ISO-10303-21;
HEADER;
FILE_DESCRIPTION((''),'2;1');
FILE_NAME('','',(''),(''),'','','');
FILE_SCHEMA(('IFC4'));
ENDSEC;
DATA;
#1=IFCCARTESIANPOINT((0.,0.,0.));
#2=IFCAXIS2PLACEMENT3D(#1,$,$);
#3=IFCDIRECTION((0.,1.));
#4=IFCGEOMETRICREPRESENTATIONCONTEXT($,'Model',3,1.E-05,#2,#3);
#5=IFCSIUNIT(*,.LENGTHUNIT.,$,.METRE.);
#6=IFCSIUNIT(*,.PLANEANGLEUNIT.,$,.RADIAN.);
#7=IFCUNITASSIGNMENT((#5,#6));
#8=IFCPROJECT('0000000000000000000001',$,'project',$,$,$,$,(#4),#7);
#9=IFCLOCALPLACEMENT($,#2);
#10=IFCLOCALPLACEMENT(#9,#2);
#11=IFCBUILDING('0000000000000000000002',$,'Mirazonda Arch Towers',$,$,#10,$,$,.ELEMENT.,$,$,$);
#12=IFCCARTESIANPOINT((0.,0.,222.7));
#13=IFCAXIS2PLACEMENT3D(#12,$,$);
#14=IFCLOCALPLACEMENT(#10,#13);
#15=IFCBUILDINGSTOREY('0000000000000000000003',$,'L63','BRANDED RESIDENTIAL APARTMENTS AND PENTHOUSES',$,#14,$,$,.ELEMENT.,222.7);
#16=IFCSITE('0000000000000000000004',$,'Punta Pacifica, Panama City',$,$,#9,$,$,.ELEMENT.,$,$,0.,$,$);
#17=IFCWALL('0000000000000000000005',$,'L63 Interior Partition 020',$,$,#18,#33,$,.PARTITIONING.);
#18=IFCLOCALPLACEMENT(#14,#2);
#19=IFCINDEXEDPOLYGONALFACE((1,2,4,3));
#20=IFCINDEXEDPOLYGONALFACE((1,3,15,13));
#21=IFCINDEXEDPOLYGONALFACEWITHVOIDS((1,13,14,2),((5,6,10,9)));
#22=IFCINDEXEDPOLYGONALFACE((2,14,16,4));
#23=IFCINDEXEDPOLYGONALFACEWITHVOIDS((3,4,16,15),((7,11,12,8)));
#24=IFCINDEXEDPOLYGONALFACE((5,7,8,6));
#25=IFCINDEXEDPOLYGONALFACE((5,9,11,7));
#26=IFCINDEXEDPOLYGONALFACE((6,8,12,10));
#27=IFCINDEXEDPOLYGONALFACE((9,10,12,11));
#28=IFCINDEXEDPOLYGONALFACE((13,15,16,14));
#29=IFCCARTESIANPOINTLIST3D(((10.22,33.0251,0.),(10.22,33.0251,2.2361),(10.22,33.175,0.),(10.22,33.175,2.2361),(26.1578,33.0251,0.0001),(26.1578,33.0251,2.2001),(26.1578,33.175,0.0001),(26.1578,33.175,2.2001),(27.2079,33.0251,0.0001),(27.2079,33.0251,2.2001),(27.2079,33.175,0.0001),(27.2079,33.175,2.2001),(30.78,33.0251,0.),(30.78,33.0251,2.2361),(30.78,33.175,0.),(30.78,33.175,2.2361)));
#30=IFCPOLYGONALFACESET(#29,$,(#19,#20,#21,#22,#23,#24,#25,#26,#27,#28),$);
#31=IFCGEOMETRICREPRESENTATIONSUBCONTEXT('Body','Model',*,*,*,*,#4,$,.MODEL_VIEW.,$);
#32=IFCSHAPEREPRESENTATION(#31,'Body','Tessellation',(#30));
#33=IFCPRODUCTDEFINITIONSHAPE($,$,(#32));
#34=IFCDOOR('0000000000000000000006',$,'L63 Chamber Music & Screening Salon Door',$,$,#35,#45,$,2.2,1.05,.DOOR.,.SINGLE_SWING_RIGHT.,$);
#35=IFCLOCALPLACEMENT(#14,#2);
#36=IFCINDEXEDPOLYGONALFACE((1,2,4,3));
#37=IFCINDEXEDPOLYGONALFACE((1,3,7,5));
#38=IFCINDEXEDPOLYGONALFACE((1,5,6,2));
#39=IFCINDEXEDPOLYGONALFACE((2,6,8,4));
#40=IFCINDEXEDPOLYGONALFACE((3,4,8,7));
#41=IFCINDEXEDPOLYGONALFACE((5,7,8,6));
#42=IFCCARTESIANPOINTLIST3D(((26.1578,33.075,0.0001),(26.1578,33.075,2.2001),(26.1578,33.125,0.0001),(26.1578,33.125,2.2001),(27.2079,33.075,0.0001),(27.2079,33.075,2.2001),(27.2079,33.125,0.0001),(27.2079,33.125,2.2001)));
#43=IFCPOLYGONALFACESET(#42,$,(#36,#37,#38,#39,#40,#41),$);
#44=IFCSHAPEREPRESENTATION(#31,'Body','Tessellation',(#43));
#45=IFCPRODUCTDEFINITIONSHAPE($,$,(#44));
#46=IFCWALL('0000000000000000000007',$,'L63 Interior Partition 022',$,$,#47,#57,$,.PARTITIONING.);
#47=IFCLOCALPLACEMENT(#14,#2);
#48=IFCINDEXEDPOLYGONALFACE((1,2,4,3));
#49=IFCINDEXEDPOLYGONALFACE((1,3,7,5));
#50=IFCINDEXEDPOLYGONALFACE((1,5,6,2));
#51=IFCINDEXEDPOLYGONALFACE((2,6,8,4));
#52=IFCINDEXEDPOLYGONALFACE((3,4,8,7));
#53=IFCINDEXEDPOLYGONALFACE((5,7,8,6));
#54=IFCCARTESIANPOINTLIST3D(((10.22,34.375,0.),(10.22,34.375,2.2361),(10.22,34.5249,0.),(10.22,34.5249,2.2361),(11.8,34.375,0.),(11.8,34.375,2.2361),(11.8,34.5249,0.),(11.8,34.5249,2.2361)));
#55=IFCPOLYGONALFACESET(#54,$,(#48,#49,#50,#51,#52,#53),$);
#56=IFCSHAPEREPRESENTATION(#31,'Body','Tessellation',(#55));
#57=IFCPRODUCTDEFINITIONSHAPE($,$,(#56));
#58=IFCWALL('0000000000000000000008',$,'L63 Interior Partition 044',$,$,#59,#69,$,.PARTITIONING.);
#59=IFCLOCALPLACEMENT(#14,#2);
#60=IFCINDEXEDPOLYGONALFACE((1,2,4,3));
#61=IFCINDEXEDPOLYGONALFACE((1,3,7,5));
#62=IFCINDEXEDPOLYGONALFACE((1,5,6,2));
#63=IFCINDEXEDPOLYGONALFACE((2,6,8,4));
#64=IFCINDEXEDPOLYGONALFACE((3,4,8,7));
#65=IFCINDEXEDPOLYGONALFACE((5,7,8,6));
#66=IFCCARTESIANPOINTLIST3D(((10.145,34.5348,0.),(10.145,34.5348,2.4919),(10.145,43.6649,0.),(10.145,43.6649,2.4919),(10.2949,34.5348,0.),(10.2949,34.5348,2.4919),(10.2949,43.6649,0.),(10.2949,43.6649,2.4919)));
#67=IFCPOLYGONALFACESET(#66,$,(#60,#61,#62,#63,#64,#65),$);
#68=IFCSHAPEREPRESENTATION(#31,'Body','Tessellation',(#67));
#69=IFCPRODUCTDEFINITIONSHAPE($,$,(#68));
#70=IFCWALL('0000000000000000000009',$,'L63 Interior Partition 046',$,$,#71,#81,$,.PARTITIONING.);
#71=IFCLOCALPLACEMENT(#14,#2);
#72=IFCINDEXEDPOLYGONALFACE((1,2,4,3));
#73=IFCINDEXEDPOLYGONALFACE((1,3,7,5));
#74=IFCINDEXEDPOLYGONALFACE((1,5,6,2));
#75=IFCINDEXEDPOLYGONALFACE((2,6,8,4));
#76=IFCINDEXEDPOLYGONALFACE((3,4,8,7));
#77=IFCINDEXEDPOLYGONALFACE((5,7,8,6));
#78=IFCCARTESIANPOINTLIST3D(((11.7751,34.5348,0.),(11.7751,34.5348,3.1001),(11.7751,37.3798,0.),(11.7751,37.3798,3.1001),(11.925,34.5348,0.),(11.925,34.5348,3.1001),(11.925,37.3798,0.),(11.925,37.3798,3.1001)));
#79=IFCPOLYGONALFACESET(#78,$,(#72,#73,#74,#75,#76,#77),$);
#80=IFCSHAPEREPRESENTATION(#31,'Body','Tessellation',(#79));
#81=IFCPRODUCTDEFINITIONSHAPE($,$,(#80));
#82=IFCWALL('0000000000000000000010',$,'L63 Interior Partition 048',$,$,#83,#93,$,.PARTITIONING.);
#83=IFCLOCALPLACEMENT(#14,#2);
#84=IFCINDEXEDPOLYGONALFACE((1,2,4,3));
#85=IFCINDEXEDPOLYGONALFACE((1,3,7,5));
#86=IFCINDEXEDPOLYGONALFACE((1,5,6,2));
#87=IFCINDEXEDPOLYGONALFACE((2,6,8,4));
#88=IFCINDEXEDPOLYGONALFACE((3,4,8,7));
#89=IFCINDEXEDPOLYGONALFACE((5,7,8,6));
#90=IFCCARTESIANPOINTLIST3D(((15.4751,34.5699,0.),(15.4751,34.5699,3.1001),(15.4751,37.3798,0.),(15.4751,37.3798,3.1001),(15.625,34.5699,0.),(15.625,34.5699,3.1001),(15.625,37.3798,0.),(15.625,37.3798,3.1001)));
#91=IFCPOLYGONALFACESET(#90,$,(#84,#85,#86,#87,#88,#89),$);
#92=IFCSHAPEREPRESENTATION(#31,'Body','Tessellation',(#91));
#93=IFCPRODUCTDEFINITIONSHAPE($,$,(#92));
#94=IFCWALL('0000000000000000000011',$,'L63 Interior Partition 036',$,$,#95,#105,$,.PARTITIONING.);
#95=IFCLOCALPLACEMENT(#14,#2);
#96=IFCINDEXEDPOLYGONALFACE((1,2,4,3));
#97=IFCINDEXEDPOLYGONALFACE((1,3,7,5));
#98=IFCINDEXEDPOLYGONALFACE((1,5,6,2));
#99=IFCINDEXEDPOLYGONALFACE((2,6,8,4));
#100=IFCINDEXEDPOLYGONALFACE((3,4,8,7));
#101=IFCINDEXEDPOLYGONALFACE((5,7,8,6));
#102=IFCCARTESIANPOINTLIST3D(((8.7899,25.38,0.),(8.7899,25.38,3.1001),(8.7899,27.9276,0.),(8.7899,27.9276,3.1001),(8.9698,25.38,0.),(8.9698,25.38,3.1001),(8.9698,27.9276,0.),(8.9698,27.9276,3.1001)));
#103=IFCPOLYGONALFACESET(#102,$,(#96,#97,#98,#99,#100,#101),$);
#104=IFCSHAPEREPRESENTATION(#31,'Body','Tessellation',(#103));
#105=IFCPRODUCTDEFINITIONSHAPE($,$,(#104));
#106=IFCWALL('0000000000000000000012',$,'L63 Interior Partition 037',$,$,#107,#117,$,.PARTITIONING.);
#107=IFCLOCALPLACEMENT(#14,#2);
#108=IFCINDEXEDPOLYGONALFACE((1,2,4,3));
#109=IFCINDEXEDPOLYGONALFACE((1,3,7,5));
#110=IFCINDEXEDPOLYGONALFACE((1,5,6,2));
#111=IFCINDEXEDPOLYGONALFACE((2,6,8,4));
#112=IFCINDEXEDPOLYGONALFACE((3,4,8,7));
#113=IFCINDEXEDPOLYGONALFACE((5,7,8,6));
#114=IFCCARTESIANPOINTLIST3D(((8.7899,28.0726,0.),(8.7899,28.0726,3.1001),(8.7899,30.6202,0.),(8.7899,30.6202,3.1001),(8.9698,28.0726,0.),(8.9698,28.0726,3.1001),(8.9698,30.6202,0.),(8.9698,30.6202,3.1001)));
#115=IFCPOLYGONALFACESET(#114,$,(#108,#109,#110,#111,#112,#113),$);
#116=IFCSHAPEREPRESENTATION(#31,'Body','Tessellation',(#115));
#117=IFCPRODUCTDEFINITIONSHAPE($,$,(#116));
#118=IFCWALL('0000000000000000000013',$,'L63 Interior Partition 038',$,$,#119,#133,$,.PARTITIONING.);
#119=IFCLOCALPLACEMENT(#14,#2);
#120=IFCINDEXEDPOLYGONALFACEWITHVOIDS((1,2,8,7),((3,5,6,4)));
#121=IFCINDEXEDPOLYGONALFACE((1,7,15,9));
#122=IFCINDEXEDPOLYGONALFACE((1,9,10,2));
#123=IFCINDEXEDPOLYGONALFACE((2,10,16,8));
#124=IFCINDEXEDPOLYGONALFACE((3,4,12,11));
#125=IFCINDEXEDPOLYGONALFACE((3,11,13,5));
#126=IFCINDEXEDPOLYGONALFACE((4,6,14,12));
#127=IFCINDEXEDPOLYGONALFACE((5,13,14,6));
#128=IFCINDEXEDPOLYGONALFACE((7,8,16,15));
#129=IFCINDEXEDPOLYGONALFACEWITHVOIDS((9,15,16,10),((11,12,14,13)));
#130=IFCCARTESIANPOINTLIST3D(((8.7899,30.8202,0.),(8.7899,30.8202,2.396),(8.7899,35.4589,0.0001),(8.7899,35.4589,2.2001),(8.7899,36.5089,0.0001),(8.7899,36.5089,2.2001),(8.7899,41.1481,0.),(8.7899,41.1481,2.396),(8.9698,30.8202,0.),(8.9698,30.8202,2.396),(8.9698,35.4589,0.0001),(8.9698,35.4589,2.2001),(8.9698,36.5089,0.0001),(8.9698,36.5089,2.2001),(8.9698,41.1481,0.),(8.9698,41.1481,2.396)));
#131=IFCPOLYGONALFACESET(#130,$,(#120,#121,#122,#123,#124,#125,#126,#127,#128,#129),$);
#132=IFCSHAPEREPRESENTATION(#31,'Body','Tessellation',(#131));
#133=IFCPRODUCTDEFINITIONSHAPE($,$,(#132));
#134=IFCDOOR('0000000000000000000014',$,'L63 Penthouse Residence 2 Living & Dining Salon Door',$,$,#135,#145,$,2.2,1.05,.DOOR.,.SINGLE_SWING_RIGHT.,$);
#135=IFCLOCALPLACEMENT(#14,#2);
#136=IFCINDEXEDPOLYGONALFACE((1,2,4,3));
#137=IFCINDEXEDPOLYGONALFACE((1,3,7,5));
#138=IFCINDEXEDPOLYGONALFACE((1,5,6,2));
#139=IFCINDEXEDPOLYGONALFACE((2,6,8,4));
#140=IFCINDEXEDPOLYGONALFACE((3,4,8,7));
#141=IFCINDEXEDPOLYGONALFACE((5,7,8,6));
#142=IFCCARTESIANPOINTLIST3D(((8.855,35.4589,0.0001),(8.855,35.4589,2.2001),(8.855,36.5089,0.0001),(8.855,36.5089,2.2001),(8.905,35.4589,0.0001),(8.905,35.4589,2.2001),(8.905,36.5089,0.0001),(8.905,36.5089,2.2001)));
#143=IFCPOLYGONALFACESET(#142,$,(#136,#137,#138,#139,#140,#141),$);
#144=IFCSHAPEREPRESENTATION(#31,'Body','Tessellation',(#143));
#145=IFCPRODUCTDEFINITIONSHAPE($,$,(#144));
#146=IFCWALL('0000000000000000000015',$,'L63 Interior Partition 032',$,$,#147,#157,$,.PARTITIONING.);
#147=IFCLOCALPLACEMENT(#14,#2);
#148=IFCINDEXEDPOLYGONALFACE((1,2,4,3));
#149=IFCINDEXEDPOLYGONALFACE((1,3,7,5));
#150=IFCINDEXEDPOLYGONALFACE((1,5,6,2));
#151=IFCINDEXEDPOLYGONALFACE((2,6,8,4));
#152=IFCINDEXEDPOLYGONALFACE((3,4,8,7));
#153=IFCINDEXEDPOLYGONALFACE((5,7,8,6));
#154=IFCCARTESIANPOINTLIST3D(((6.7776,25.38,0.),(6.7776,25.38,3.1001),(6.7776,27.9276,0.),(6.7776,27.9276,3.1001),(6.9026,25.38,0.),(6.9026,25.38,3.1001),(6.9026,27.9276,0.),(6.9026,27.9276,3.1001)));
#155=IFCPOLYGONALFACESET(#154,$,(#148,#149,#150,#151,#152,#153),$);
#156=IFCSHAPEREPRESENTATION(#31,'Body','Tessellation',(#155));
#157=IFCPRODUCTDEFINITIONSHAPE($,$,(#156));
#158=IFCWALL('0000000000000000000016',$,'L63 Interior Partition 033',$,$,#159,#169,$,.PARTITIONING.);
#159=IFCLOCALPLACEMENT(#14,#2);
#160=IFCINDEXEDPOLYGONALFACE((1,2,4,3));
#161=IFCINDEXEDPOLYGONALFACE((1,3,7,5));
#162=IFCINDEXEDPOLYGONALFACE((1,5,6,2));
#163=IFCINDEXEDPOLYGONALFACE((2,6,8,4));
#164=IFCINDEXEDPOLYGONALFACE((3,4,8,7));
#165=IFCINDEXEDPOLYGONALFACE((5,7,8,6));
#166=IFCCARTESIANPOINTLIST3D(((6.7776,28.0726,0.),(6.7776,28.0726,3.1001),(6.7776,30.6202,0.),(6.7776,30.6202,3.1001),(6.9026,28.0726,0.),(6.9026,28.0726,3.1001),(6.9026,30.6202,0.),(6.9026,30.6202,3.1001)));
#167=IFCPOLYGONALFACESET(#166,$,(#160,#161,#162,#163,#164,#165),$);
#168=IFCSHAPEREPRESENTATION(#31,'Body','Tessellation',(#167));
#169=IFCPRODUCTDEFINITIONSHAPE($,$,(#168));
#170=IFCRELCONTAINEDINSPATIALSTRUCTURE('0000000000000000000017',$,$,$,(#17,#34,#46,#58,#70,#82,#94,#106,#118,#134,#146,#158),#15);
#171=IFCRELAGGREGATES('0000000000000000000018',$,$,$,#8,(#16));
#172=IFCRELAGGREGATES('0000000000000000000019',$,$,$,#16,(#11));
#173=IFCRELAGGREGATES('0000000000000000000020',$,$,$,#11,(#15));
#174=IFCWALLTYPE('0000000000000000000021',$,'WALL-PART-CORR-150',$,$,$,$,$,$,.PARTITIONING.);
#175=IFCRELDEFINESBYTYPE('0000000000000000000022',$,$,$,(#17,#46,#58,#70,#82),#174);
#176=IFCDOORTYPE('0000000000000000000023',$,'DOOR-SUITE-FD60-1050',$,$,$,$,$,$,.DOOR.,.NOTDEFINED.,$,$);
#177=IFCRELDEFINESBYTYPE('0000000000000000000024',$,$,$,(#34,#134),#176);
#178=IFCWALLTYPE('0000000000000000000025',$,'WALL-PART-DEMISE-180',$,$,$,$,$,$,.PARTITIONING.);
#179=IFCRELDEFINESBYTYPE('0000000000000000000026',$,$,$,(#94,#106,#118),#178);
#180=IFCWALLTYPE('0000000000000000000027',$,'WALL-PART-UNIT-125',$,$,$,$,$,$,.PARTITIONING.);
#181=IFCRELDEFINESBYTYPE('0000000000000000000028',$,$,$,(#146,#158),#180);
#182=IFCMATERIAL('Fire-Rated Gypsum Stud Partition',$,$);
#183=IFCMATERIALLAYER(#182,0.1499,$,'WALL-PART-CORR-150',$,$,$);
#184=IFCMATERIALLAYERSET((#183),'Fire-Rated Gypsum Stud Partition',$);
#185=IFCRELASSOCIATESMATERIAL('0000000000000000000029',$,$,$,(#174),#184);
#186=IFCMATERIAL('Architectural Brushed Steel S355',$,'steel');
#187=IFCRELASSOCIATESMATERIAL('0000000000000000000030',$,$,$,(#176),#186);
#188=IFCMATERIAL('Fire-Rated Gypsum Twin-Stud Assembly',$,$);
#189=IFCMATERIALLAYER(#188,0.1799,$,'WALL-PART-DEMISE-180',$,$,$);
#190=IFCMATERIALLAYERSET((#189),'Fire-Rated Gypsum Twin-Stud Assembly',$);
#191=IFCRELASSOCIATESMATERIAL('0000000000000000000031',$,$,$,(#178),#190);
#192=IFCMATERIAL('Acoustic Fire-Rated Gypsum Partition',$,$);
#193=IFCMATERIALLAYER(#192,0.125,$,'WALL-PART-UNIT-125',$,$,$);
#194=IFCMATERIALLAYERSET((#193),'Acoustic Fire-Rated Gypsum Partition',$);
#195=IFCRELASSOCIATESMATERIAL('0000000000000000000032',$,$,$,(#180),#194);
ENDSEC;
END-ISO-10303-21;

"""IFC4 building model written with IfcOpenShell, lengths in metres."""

from ifc_helpers import new_model, si_unit, direction, frame, frame_2d, origin, place, context, subcontext, project, spatial, rectangle, extrude, material, layer, layer_set, type_object, element, fill, save


model = new_model("IFC4")

# Units and contexts
model_context = context("Model", 3, precision=1e-05, world=origin(), true_north=direction((0.0, 1.0)))
body_context = subcontext(model_context, "Body", "Model", "MODEL_VIEW")
ifc_project = project(units=[si_unit("LENGTHUNIT", "METRE"), si_unit("PLANEANGLEUNIT", "RADIAN")], contexts=[model_context])

# Site, building, storey
site_placement = place(None, origin())
site = spatial("IfcSite", under=ifc_project, at=site_placement, Name="Punta Pacifica, Panama City", CompositionType="ELEMENT", RefElevation=0.0)
building_placement = place(site_placement, origin())
building = spatial("IfcBuilding", under=site, at=building_placement, Name="Mirazonda Arch Towers", CompositionType="ELEMENT")
storey_placement = place(building_placement, frame((0.0, 0.0, 222.7)))
storey = spatial("IfcBuildingStorey", under=building, at=storey_placement, Name="L63", Description="BRANDED RESIDENTIAL APARTMENTS AND PENTHOUSES", CompositionType="ELEMENT", Elevation=222.7)

# Shared definitions
ifc_material_1 = material(Name="Architectural Brushed Steel S355", Category="steel")

# Wall, opening, door
ifc_material_2 = material(Name="Fire-Rated Gypsum Stud Partition")
ifc_layer_1 = layer(ifc_material_2, 0.1499, Name="WALL-PART-CORR-150")
ifc_layer_set_1 = layer_set([ifc_layer_1], Name="Fire-Rated Gypsum Stud Partition")
wall_type_1 = type_object("IfcWallType", Name="WALL-PART-CORR-150", PredefinedType="PARTITIONING", material=ifc_layer_set_1)
wall_1_placement = place(storey_placement, frame((10.22, 33.1001, 0.0), z_axis=(0.0, 0.0, 1.0), x_axis=(1.0, 0.0, 0.0)))
wall_1 = element("IfcWall", 1, at=wall_1_placement, inside=storey, type_object=wall_type_1, Name="L63 Interior Partition 020", PredefinedType="PARTITIONING", context=body_context, shape_type="SweptSolid", body=[
    extrude(rectangle(XDim=20.5601, YDim=0.1499, at=frame_2d((10.28, 0.0))), origin(), (0.0, 0.0, 1.0), 2.2361),
])
opening_1_placement = place(wall_1_placement, frame((15.938, 0.0, 0.0)))
opening_1 = element("IfcOpeningElement", 2, at=opening_1_placement, cuts=wall_1, PredefinedType="OPENING", context=body_context, shape_type="SweptSolid", body=[
    extrude(rectangle(XDim=1.05, YDim=2.2, at=frame_2d((0.5249, 1.1001))), frame((0.0, 0.085, 0.0), z_axis=(0.0, -1.0, 0.0), x_axis=(1.0, 0.0, 0.0)), (0.0, 0.0, 1.0), 0.1699),
])
door_type_1 = type_object("IfcDoorType", Name="DOOR-SUITE-FD60-1050", OperationType="NOTDEFINED", PredefinedType="DOOR", material=ifc_material_1)
door_1_placement = place(opening_1_placement, origin())
door_1 = element("IfcDoor", 3, at=door_1_placement, inside=storey, type_object=door_type_1, Name="L63 Chamber Music & Screening Salon Door", OperationType="SINGLE_SWING_RIGHT", OverallHeight=2.2, OverallWidth=1.05, PredefinedType="DOOR", context=body_context, shape_type="SweptSolid", body=[
    extrude(rectangle(XDim=1.05, YDim=2.2, at=frame_2d((0.5249, 1.1001))), frame((0.0, 0.0249, 0.0), z_axis=(0.0, -1.0, 0.0), x_axis=(1.0, 0.0, 0.0)), (0.0, 0.0, 1.0), 0.05),
])
fill(opening_1, door_1)

# Walls
wall_2_placement = place(storey_placement, frame((10.22, 34.45, 0.0), z_axis=(0.0, 0.0, 1.0), x_axis=(1.0, 0.0, 0.0)))
element("IfcWall", 4, at=wall_2_placement, inside=storey, type_object=wall_type_1, Name="L63 Interior Partition 022", PredefinedType="PARTITIONING", context=body_context, shape_type="SweptSolid", body=[
    extrude(rectangle(XDim=1.5801, YDim=0.1499, at=frame_2d((0.79, 0.0))), origin(), (0.0, 0.0, 1.0), 2.2361),
])
wall_3_placement = place(storey_placement, frame((10.22, 34.5349, 0.0), z_axis=(0.0, 0.0, 1.0), x_axis=(0.0, 1.0, 0.0)))
element("IfcWall", 5, at=wall_3_placement, inside=storey, type_object=wall_type_1, Name="L63 Interior Partition 044", PredefinedType="PARTITIONING", context=body_context, shape_type="SweptSolid", body=[
    extrude(rectangle(XDim=9.1301, YDim=0.1499, at=frame_2d((4.5649, 0.0))), origin(), (0.0, 0.0, 1.0), 2.4919),
])
wall_4_placement = place(storey_placement, frame((11.8501, 34.5349, 0.0), z_axis=(0.0, 0.0, 1.0), x_axis=(0.0, 1.0, 0.0)))
element("IfcWall", 6, at=wall_4_placement, inside=storey, type_object=wall_type_1, Name="L63 Interior Partition 046", PredefinedType="PARTITIONING", context=body_context, shape_type="SweptSolid", body=[
    extrude(rectangle(XDim=2.845, YDim=0.1499, at=frame_2d((1.4224, 0.0))), origin(), (0.0, 0.0, 1.0), 3.1001),
])
wall_5_placement = place(storey_placement, frame((15.55, 34.5701, 0.0), z_axis=(0.0, 0.0, 1.0), x_axis=(0.0, 1.0, 0.0)))
element("IfcWall", 7, at=wall_5_placement, inside=storey, type_object=wall_type_1, Name="L63 Interior Partition 048", PredefinedType="PARTITIONING", context=body_context, shape_type="SweptSolid", body=[
    extrude(rectangle(XDim=2.8098, YDim=0.1499, at=frame_2d((1.4048, 0.0))), origin(), (0.0, 0.0, 1.0), 3.1001),
])
ifc_material_3 = material(Name="Fire-Rated Gypsum Twin-Stud Assembly")
ifc_layer_2 = layer(ifc_material_3, 0.1799, Name="WALL-PART-DEMISE-180")
ifc_layer_set_2 = layer_set([ifc_layer_2], Name="Fire-Rated Gypsum Twin-Stud Assembly")
wall_type_2 = type_object("IfcWallType", Name="WALL-PART-DEMISE-180", PredefinedType="PARTITIONING", material=ifc_layer_set_2)
for number, where, z_axis, x_axis, name in (
    (8, (8.8799, 25.3799, 0.0), (0.0, 0.0, 1.0), (0.0, 1.0, 0.0), "L63 Interior Partition 036"),
    (9, (8.8799, 28.0725, 0.0), (0.0, 0.0, 1.0), (0.0, 1.0, 0.0), "L63 Interior Partition 037"),
):
    element("IfcWall", number, at=place(storey_placement, frame(where, z_axis=z_axis, x_axis=x_axis)), inside=storey, type_object=wall_type_2, Name=name, PredefinedType="PARTITIONING", context=body_context, shape_type="SweptSolid", body=[
        extrude(rectangle(XDim=2.5476, YDim=0.1799, at=frame_2d((1.2739, 0.0))), origin(), (0.0, 0.0, 1.0), 3.1001),
    ])

# Wall, opening, door
wall_6_placement = place(storey_placement, frame((8.8799, 30.8201, 0.0), z_axis=(0.0, 0.0, 1.0), x_axis=(0.0, 1.0, 0.0)))
wall_6 = element("IfcWall", 10, at=wall_6_placement, inside=storey, type_object=wall_type_2, Name="L63 Interior Partition 038", PredefinedType="PARTITIONING", context=body_context, shape_type="SweptSolid", body=[
    extrude(rectangle(XDim=10.3279, YDim=0.1799, at=frame_2d((5.1641, 0.0))), origin(), (0.0, 0.0, 1.0), 2.396),
])
opening_2_placement = place(wall_6_placement, frame((4.6389, 0.0, 0.0)))
opening_2 = element("IfcOpeningElement", 11, at=opening_2_placement, cuts=wall_6, PredefinedType="OPENING", context=body_context, shape_type="SweptSolid", body=[
    extrude(rectangle(XDim=1.05, YDim=2.2, at=frame_2d((0.5249, 1.1001))), frame((0.0, 0.0999, 0.0), z_axis=(0.0, -1.0, 0.0), x_axis=(1.0, 0.0, 0.0)), (0.0, 0.0, 1.0), 0.2),
])
door_2_placement = place(opening_2_placement, origin())
door_2 = element("IfcDoor", 12, at=door_2_placement, inside=storey, type_object=door_type_1, Name="L63 Penthouse Residence 2 Living & Dining Salon Door", OperationType="SINGLE_SWING_RIGHT", OverallHeight=2.2, OverallWidth=1.05, PredefinedType="DOOR", context=body_context, shape_type="SweptSolid", body=[
    extrude(rectangle(XDim=1.05, YDim=2.2, at=frame_2d((0.5249, 1.1001))), frame((0.0, 0.0249, 0.0), z_axis=(0.0, -1.0, 0.0), x_axis=(1.0, 0.0, 0.0)), (0.0, 0.0, 1.0), 0.05),
])
fill(opening_2, door_2)

# Walls
ifc_material_4 = material(Name="Acoustic Fire-Rated Gypsum Partition")
ifc_layer_3 = layer(ifc_material_4, 0.125, Name="WALL-PART-UNIT-125")
ifc_layer_set_3 = layer_set([ifc_layer_3], Name="Acoustic Fire-Rated Gypsum Partition")
wall_type_3 = type_object("IfcWallType", Name="WALL-PART-UNIT-125", PredefinedType="PARTITIONING", material=ifc_layer_set_3)
for number, where, z_axis, x_axis, name in (
    (13, (6.8401, 25.3799, 0.0), (0.0, 0.0, 1.0), (0.0, 1.0, 0.0), "L63 Interior Partition 032"),
    (14, (6.8401, 28.0725, 0.0), (0.0, 0.0, 1.0), (0.0, 1.0, 0.0), "L63 Interior Partition 033"),
):
    element("IfcWall", number, at=place(storey_placement, frame(where, z_axis=z_axis, x_axis=x_axis)), inside=storey, type_object=wall_type_3, Name=name, PredefinedType="PARTITIONING", context=body_context, shape_type="SweptSolid", body=[
        extrude(rectangle(XDim=2.5476, YDim=0.125, at=frame_2d((1.2739, 0.0))), origin(), (0.0, 0.0, 1.0), 3.1001),
    ])

save(model, "model.ifc")
